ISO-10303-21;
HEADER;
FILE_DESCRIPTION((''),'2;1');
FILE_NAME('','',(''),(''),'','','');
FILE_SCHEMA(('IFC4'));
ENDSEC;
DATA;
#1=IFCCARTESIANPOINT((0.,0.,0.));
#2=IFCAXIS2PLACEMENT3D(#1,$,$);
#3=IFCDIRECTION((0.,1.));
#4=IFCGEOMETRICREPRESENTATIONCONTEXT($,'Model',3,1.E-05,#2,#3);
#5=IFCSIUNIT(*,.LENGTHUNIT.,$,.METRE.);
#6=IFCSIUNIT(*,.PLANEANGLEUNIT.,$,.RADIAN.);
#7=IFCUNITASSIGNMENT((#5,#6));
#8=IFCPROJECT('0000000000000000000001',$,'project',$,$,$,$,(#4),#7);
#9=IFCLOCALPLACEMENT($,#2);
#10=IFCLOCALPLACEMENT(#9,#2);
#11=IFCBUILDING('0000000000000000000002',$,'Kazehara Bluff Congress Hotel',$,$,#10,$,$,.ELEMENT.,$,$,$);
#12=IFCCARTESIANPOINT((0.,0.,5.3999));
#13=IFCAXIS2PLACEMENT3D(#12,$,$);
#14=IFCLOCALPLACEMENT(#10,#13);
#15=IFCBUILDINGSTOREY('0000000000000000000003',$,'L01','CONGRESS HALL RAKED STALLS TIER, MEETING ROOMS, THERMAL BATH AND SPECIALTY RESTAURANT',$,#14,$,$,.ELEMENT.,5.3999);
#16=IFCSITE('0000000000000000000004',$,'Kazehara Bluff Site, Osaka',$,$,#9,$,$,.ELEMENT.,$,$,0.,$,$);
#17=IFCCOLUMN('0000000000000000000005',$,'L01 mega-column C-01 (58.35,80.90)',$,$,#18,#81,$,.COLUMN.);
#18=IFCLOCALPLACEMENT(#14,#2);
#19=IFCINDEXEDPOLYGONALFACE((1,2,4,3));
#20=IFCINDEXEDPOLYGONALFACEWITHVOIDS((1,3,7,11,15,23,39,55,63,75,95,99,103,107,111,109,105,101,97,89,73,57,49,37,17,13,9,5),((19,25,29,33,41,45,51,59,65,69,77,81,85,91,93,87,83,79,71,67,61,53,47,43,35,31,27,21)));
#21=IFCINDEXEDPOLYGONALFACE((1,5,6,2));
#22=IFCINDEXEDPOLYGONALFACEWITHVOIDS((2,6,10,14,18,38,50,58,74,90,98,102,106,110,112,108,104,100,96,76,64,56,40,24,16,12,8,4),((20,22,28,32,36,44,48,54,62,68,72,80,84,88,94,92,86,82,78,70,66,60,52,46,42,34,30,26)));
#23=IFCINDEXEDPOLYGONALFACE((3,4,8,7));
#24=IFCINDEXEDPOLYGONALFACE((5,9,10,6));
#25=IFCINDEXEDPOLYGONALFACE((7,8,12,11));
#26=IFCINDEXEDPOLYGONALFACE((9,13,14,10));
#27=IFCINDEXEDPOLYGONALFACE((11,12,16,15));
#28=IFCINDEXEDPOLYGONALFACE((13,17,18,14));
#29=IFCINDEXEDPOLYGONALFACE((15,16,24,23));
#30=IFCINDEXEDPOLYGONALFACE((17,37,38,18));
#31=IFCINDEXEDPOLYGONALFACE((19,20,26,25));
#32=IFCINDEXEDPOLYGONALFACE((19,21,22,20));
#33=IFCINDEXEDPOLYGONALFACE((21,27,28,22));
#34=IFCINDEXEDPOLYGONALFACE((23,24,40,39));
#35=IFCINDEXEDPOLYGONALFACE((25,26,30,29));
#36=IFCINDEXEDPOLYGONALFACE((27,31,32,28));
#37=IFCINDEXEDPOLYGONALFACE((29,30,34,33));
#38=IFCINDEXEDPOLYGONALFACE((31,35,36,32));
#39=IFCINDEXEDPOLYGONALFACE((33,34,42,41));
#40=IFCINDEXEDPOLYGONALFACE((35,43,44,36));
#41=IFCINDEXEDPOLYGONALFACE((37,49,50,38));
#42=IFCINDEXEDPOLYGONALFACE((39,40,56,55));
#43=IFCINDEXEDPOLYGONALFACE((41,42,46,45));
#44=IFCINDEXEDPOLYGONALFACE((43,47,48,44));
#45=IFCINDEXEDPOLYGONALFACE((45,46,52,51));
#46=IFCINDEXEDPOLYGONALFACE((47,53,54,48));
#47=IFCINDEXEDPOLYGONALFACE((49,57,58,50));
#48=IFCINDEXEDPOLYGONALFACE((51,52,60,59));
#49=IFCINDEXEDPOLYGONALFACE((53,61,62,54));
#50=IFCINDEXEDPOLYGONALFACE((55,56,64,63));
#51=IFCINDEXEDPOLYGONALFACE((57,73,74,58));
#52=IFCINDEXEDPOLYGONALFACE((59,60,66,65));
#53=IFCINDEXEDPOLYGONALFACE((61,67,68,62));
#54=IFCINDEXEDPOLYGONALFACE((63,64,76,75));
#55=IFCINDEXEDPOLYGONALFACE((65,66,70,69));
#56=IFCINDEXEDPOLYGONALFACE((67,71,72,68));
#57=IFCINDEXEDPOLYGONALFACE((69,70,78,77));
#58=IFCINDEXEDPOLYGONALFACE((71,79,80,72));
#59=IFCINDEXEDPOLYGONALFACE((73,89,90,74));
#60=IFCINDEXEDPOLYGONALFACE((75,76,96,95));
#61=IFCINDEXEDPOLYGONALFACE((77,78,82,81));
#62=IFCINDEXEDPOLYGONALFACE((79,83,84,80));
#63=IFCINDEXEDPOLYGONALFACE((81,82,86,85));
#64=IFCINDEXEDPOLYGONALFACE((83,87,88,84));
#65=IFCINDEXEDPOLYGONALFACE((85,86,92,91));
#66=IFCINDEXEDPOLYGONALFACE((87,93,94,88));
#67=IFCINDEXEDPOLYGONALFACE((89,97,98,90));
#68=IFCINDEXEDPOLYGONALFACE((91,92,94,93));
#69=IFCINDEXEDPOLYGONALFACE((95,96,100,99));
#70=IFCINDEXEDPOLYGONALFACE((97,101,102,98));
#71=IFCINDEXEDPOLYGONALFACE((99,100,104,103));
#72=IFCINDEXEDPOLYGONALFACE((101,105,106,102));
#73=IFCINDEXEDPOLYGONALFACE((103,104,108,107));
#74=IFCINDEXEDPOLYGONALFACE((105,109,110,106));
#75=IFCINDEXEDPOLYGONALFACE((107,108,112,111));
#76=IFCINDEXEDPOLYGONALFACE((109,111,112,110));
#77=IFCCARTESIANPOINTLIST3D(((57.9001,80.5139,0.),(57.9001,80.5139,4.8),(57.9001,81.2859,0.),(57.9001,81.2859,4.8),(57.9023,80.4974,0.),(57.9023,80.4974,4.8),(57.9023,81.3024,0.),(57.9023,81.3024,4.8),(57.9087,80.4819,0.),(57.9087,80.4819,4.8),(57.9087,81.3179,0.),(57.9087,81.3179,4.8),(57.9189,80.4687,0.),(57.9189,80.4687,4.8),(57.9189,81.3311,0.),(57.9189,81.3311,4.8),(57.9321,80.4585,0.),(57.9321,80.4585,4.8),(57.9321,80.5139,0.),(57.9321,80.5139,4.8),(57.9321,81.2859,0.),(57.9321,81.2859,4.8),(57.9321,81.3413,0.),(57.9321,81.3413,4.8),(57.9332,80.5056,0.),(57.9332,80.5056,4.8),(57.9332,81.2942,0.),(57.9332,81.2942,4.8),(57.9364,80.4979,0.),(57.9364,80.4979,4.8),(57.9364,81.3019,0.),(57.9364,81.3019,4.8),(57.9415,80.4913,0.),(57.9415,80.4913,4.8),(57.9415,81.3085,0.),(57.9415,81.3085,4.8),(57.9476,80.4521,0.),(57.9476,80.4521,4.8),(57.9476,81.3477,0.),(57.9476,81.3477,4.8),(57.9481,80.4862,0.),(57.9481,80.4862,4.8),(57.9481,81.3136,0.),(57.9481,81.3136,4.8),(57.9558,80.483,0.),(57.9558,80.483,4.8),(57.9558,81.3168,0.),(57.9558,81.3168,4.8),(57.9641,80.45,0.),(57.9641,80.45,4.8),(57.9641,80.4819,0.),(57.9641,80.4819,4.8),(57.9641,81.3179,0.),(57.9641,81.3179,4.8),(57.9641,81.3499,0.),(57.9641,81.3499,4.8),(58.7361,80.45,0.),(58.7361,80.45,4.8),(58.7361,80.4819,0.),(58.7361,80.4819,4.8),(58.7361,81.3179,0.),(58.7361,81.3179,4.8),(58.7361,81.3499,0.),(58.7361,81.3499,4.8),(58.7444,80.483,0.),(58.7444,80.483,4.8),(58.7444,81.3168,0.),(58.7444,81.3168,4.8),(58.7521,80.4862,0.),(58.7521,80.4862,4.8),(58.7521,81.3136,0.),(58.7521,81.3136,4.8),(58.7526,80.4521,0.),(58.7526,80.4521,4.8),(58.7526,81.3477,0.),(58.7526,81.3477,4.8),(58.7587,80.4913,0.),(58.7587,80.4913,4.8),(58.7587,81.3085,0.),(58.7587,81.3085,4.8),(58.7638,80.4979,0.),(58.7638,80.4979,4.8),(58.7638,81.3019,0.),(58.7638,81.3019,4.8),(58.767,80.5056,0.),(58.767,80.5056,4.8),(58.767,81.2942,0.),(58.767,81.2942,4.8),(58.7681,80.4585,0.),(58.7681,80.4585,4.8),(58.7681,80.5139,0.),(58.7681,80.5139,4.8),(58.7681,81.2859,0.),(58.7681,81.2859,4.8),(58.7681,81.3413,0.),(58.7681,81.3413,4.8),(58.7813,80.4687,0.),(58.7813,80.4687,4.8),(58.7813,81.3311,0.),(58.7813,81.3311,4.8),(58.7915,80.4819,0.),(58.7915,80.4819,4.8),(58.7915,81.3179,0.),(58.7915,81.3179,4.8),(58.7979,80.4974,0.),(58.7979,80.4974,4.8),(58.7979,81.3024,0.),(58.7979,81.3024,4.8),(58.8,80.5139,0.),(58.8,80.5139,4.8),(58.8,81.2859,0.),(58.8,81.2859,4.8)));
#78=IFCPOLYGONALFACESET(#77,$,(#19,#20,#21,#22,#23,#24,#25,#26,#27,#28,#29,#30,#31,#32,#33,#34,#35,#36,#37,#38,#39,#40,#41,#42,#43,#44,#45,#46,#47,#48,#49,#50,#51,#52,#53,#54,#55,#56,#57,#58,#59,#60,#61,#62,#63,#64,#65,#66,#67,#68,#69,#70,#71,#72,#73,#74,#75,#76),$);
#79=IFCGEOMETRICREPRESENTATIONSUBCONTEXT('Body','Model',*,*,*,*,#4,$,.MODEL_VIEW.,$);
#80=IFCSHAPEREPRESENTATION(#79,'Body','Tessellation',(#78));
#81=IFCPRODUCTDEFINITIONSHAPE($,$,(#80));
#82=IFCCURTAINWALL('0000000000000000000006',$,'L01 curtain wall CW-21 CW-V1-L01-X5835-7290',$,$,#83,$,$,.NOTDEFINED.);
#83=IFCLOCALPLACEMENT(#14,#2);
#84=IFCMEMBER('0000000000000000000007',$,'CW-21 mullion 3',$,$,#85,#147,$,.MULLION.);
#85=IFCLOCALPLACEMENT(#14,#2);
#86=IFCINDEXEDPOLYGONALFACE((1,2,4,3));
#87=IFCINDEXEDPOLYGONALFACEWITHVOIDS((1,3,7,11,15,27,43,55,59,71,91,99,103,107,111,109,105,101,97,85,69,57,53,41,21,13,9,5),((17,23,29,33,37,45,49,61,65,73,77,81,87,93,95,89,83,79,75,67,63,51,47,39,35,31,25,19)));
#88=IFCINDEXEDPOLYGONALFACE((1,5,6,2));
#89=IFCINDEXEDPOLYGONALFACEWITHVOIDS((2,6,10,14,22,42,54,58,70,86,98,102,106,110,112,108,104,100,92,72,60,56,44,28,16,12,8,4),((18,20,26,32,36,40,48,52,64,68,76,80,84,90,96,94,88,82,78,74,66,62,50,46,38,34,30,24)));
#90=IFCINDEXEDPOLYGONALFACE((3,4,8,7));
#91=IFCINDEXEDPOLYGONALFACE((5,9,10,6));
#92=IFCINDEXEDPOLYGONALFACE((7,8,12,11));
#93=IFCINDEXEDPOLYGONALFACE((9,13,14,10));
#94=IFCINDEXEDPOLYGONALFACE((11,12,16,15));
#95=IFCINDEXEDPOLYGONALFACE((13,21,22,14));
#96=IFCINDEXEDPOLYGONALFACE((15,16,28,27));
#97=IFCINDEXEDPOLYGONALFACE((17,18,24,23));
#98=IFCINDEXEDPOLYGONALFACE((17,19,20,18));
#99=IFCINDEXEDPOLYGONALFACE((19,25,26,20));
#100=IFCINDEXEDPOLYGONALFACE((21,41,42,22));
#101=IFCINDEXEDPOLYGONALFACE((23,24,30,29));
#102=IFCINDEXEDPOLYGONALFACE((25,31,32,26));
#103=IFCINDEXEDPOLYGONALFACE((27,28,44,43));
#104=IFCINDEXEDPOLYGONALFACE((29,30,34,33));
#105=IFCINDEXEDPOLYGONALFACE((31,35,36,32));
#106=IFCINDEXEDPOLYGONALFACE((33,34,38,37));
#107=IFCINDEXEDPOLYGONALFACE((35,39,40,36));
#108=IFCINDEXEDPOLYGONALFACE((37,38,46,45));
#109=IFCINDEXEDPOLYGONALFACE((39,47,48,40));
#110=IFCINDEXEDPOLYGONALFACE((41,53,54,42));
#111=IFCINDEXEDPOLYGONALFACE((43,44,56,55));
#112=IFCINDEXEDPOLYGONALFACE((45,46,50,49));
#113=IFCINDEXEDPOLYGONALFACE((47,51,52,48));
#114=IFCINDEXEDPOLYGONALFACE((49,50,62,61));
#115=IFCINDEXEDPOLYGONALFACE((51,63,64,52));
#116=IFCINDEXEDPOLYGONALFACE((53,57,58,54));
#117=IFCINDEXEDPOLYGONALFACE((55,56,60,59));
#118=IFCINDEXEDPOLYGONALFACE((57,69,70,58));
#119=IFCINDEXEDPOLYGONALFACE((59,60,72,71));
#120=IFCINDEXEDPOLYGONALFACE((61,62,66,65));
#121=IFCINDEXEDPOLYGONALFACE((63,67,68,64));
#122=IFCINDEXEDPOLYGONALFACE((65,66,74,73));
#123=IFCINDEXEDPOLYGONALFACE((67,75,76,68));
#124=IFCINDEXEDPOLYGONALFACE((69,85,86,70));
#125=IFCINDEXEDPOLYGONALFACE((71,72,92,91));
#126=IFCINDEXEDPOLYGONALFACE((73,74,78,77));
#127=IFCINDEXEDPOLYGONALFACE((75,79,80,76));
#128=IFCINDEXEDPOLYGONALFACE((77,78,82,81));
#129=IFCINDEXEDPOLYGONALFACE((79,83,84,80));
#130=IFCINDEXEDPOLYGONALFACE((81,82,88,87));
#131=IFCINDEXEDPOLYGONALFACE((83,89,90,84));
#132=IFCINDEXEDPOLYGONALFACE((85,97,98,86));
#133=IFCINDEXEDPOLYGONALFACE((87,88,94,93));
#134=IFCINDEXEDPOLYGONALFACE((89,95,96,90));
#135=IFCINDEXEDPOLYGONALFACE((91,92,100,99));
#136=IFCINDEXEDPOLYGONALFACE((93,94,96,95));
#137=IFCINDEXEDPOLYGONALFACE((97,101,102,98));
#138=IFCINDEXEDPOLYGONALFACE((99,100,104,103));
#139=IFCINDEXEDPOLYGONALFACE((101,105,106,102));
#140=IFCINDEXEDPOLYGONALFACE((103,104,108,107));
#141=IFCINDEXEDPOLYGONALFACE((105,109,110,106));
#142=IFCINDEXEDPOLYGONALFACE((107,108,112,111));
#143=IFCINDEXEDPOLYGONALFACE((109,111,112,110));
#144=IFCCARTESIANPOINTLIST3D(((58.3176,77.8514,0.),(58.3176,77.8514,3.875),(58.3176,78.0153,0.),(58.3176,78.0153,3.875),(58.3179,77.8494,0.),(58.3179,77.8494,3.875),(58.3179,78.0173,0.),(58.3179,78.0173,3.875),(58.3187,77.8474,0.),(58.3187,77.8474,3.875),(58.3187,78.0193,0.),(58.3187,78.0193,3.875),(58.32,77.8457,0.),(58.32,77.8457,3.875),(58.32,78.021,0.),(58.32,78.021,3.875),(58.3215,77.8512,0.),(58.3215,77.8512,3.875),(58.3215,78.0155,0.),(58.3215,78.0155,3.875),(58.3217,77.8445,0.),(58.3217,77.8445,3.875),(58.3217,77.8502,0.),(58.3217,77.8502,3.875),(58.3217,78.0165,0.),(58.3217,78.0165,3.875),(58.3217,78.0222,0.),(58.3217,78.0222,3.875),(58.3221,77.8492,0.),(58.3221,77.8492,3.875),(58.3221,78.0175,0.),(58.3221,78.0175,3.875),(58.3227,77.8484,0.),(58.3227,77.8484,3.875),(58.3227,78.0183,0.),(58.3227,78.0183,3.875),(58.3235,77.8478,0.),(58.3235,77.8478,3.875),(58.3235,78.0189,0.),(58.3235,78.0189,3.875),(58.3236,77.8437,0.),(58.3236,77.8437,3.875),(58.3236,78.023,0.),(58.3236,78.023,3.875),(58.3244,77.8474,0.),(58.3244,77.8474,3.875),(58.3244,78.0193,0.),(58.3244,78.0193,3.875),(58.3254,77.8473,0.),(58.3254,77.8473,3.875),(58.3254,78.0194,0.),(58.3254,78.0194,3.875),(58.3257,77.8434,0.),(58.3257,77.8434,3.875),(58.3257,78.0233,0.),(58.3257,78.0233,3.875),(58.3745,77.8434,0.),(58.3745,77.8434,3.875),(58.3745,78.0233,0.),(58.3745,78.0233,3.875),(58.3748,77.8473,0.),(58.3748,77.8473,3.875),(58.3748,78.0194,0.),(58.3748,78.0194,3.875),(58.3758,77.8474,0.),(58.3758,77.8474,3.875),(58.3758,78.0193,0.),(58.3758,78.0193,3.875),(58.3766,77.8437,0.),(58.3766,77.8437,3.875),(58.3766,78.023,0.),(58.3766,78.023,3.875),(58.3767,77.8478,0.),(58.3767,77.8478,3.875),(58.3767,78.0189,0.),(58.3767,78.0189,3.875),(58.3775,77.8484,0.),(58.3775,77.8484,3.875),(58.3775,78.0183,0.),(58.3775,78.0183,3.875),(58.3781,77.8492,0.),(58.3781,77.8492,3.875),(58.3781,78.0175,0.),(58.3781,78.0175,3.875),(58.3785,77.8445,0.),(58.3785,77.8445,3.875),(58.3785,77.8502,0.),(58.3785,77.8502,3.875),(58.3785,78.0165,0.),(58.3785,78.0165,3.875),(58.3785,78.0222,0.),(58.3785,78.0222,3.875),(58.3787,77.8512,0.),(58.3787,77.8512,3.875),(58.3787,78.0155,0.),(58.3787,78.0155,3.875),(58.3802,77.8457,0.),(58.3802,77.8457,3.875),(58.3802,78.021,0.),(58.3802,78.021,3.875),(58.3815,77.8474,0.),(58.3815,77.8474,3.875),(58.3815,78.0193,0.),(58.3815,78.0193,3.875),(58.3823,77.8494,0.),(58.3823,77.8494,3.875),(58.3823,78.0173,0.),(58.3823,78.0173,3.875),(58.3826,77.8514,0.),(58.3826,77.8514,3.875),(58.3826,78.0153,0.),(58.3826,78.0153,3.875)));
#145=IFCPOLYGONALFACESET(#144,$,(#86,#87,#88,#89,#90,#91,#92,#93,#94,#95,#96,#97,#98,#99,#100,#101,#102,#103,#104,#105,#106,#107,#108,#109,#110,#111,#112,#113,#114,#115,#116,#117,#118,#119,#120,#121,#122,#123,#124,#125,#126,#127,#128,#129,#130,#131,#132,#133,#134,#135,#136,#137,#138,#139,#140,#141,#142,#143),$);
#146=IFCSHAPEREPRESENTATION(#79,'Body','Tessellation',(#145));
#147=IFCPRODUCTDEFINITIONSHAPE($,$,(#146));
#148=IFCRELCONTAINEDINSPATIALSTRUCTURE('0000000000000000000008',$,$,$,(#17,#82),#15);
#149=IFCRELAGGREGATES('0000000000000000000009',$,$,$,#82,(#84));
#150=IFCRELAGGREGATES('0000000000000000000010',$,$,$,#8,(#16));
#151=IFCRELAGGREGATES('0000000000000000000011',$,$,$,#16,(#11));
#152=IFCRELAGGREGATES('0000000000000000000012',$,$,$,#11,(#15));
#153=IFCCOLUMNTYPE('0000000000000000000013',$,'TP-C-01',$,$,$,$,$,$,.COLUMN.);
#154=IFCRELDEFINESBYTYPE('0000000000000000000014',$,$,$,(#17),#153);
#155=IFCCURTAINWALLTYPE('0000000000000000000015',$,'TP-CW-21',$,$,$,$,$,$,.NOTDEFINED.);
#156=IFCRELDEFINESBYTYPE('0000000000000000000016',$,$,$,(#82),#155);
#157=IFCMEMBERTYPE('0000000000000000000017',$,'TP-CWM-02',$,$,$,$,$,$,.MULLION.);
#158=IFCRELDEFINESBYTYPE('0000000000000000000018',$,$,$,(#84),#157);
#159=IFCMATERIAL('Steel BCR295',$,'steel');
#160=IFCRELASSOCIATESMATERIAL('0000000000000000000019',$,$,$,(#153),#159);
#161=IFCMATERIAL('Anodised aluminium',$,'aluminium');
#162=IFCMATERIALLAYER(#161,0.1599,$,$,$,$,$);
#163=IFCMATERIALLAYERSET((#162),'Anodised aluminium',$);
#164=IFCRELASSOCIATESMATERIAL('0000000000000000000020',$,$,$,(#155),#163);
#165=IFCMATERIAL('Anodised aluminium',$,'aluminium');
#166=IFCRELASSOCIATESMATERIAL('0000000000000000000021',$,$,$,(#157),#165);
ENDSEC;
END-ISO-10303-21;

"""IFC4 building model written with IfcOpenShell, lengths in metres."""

from ifc_helpers import new_model, si_unit, direction, frame, origin, origin_2d, place, context, subcontext, project, spatial, hollow_rectangle, extrude, material, layer, layer_set, material_profile, profile_set, type_object, element, aggregate, save


model = new_model("IFC4")

# Units and contexts
model_context = context("Model", 3, precision=1e-05, world=origin(), true_north=direction((0.0, 1.0)))
body_context = subcontext(model_context, "Body", "Model", "MODEL_VIEW")
ifc_project = project(units=[si_unit("LENGTHUNIT", "METRE"), si_unit("PLANEANGLEUNIT", "RADIAN")], contexts=[model_context])

# Site, building, storey
site_placement = place(None, origin())
site = spatial("IfcSite", under=ifc_project, at=site_placement, Name="Kazehara Bluff Site, Osaka", CompositionType="ELEMENT", RefElevation=0.0)
building_placement = place(site_placement, origin())
building = spatial("IfcBuilding", under=site, at=building_placement, Name="Kazehara Bluff Congress Hotel", CompositionType="ELEMENT")
storey_placement = place(building_placement, frame((0.0, 0.0, 5.3999)))
storey = spatial("IfcBuildingStorey", under=building, at=storey_placement, Name="L01", Description="CONGRESS HALL RAKED STALLS TIER, MEETING ROOMS, THERMAL BATH AND SPECIALTY RESTAURANT", CompositionType="ELEMENT", Elevation=5.3999)

# Column
ifc_material_1 = material(Name="Steel BCR295", Category="steel")
ifc_material_profile_1 = material_profile(ifc_material_1, hollow_rectangle(XDim=0.8999, YDim=0.8999, WallThickness=0.032, InnerFilletRadius=0.032, OuterFilletRadius=0.064, at=origin_2d()))
ifc_profile_set_1 = profile_set([ifc_material_profile_1], Name="Steel BCR295")
column_type = type_object("IfcColumnType", Name="TP-C-01", PredefinedType="COLUMN", material=ifc_profile_set_1)
column_placement = place(storey_placement, frame((58.3501, 80.8999, 0.0), z_axis=(0.0, 0.0, 1.0), x_axis=(1.0, 0.0, 0.0)))
element("IfcColumn", 1, at=column_placement, inside=storey, type_object=column_type, Name="L01 mega-column C-01 (58.35,80.90)", PredefinedType="COLUMN", context=body_context, shape_type="SweptSolid", body=[
    extrude(hollow_rectangle(XDim=0.8999, YDim=0.8999, WallThickness=0.032, InnerFilletRadius=0.032, OuterFilletRadius=0.064, at=origin_2d()), origin(), (0.0, 0.0, 1.0), 4.8),
])

# Curtain wall, member
ifc_material_2 = material(Name="Anodised aluminium", Category="aluminium")
ifc_layer_1 = layer(ifc_material_2, 0.1599)
ifc_layer_set_1 = layer_set([ifc_layer_1], Name="Anodised aluminium")
curtain_wall_type_1 = type_object("IfcCurtainWallType", Name="TP-CW-21", PredefinedType="NOTDEFINED", material=ifc_layer_set_1)
curtain_wall_1_placement = place(storey_placement, origin())
curtain_wall_1 = element("IfcCurtainWall", 2, at=curtain_wall_1_placement, inside=storey, type_object=curtain_wall_type_1, Name="L01 curtain wall CW-21 CW-V1-L01-X5835-7290", PredefinedType="NOTDEFINED")
ifc_material_3 = material(Name="Anodised aluminium", Category="aluminium")
ifc_material_profile_2 = material_profile(ifc_material_3, hollow_rectangle(XDim=0.0649, YDim=0.1799, WallThickness=0.0039, InnerFilletRadius=0.0039, OuterFilletRadius=0.0081, at=origin_2d()))
ifc_profile_set_2 = profile_set([ifc_material_profile_2], Name="Anodised aluminium")
member_type_1 = type_object("IfcMemberType", Name="TP-CWM-02", PredefinedType="MULLION", material=ifc_profile_set_2)
member_1_placement = place(storey_placement, frame((58.3501, 77.9333, 0.0), z_axis=(0.0, 0.0, 1.0), x_axis=(-1.0, 0.0, 0.0)))
member_1 = element("IfcMember", 3, at=member_1_placement, type_object=member_type_1, Name="CW-21 mullion 3", PredefinedType="MULLION", context=body_context, shape_type="SweptSolid", body=[
    extrude(hollow_rectangle(XDim=0.0649, YDim=0.1799, WallThickness=0.0039, InnerFilletRadius=0.0039, OuterFilletRadius=0.0081, at=origin_2d()), origin(), (0.0, 0.0, 1.0), 3.875),
])

aggregate(curtain_wall_1, [member_1])

save(model, "model.ifc")
